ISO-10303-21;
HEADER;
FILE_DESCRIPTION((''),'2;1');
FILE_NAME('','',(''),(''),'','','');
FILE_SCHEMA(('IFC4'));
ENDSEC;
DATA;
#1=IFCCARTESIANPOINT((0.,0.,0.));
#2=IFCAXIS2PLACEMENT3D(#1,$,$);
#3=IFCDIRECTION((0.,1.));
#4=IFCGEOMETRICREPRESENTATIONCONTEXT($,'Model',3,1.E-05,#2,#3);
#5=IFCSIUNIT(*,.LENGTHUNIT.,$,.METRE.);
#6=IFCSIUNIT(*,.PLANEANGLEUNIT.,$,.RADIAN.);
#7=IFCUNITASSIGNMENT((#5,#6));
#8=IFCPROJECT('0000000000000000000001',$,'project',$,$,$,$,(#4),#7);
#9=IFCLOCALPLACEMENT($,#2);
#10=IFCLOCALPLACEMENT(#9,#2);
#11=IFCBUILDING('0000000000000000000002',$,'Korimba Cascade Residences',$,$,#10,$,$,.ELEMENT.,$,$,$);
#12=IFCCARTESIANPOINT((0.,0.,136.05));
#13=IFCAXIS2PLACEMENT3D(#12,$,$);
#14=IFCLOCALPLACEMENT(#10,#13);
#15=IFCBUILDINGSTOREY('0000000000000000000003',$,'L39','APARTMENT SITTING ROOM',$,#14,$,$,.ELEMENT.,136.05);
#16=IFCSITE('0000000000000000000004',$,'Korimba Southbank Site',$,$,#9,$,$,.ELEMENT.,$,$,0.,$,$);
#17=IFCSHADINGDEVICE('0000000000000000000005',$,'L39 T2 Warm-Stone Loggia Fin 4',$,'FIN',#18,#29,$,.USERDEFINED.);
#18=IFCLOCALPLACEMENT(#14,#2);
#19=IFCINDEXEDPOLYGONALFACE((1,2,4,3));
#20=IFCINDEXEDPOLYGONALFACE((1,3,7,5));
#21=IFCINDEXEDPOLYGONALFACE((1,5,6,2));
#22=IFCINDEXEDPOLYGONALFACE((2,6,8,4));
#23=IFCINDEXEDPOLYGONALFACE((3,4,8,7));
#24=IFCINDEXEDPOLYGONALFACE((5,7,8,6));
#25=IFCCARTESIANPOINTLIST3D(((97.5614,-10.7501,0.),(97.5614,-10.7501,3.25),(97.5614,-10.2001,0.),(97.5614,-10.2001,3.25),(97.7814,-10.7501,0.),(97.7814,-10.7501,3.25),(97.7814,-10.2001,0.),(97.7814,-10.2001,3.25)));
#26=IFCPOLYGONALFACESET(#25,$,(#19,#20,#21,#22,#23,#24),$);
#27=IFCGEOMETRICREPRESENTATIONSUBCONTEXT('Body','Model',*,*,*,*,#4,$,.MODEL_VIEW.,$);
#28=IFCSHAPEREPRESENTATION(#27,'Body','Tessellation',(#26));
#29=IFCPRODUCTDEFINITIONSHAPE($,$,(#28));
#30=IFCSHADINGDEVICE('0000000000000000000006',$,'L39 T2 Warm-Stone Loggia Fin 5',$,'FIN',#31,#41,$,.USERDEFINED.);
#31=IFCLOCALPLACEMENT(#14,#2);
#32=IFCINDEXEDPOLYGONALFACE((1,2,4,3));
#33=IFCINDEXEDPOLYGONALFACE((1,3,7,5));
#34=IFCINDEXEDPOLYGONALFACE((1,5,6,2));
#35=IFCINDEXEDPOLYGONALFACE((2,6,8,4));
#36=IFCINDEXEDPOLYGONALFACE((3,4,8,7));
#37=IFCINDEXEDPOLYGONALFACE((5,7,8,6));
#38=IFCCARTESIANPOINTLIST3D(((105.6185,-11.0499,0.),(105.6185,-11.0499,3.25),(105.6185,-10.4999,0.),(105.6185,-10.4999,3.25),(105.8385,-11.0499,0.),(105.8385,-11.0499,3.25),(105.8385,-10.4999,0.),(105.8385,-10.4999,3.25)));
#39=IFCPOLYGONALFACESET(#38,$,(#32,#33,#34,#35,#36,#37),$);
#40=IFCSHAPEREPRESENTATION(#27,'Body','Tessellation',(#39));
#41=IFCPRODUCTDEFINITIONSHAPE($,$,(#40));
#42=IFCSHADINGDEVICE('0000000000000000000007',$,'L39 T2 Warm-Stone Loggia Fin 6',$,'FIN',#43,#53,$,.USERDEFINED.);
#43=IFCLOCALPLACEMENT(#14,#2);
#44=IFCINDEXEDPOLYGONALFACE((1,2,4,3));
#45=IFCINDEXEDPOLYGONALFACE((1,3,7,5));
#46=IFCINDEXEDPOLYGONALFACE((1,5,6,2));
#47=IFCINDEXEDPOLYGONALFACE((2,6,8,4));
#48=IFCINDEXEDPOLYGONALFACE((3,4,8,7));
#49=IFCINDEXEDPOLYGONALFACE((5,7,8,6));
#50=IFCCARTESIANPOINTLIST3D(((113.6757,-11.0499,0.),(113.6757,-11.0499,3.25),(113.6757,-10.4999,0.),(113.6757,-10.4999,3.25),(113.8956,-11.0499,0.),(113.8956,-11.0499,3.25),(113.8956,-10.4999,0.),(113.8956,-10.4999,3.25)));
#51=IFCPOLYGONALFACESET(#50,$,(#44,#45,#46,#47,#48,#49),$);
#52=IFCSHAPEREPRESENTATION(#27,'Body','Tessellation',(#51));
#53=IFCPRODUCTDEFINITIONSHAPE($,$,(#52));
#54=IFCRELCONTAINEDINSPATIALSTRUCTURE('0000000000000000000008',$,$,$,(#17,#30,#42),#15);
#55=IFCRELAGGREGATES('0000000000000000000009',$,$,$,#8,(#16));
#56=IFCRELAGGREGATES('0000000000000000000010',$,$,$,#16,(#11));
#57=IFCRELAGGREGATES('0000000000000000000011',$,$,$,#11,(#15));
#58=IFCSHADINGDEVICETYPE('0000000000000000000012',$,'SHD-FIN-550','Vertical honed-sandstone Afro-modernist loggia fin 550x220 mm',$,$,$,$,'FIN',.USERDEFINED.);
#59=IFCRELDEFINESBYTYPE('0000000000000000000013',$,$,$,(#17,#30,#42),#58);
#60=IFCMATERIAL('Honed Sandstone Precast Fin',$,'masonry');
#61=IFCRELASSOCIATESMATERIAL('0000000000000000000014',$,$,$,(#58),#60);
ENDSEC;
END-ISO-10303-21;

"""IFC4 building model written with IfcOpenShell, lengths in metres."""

from ifc_helpers import new_model, si_unit, direction, frame, origin, origin_2d, place, context, subcontext, project, spatial, rectangle, extrude, material, type_object, element, save


model = new_model("IFC4")

# Units and contexts
model_context = context("Model", 3, precision=1e-05, world=origin(), true_north=direction((0.0, 1.0)))
body_context = subcontext(model_context, "Body", "Model", "MODEL_VIEW")
ifc_project = project(units=[si_unit("LENGTHUNIT", "METRE"), si_unit("PLANEANGLEUNIT", "RADIAN")], contexts=[model_context])

# Site, building, storey
site_placement = place(None, origin())
site = spatial("IfcSite", under=ifc_project, at=site_placement, Name="Korimba Southbank Site", CompositionType="ELEMENT", RefElevation=0.0)
building_placement = place(site_placement, origin())
building = spatial("IfcBuilding", under=site, at=building_placement, Name="Korimba Cascade Residences", CompositionType="ELEMENT")
storey_placement = place(building_placement, frame((0.0, 0.0, 136.05)))
storey = spatial("IfcBuildingStorey", under=building, at=storey_placement, Name="L39", Description="APARTMENT SITTING ROOM", CompositionType="ELEMENT", Elevation=136.05)

# Shading devices
ifc_material_1 = material(Name="Honed Sandstone Precast Fin", Category="masonry")
shading_device_type = type_object("IfcShadingDeviceType", Name="SHD-FIN-550", Description="Vertical honed-sandstone Afro-modernist loggia fin 550x220 mm", ElementType="FIN", PredefinedType="USERDEFINED", material=ifc_material_1)
for number, where, z_axis, x_axis, name in (
    (1, (97.6714, -10.4751, 0.0), (0.0, 0.0, 1.0), (1.0, 0.0, 0.0), "L39 T2 Warm-Stone Loggia Fin 4"),
    (2, (105.7285, -10.7749, 0.0), (0.0, 0.0, 1.0), (1.0, 0.0, 0.0), "L39 T2 Warm-Stone Loggia Fin 5"),
    (3, (113.7856, -10.7749, 0.0), (0.0, 0.0, 1.0), (1.0, 0.0, 0.0), "L39 T2 Warm-Stone Loggia Fin 6"),
):
    element("IfcShadingDevice", number, at=place(storey_placement, frame(where, z_axis=z_axis, x_axis=x_axis)), inside=storey, type_object=shading_device_type, Name=name, ObjectType="FIN", PredefinedType="USERDEFINED", context=body_context, shape_type="SweptSolid", body=[
        extrude(rectangle(XDim=0.22, YDim=0.55, at=origin_2d()), origin(), (0.0, 0.0, 1.0), 3.25),
    ])

save(model, "model.ifc")
